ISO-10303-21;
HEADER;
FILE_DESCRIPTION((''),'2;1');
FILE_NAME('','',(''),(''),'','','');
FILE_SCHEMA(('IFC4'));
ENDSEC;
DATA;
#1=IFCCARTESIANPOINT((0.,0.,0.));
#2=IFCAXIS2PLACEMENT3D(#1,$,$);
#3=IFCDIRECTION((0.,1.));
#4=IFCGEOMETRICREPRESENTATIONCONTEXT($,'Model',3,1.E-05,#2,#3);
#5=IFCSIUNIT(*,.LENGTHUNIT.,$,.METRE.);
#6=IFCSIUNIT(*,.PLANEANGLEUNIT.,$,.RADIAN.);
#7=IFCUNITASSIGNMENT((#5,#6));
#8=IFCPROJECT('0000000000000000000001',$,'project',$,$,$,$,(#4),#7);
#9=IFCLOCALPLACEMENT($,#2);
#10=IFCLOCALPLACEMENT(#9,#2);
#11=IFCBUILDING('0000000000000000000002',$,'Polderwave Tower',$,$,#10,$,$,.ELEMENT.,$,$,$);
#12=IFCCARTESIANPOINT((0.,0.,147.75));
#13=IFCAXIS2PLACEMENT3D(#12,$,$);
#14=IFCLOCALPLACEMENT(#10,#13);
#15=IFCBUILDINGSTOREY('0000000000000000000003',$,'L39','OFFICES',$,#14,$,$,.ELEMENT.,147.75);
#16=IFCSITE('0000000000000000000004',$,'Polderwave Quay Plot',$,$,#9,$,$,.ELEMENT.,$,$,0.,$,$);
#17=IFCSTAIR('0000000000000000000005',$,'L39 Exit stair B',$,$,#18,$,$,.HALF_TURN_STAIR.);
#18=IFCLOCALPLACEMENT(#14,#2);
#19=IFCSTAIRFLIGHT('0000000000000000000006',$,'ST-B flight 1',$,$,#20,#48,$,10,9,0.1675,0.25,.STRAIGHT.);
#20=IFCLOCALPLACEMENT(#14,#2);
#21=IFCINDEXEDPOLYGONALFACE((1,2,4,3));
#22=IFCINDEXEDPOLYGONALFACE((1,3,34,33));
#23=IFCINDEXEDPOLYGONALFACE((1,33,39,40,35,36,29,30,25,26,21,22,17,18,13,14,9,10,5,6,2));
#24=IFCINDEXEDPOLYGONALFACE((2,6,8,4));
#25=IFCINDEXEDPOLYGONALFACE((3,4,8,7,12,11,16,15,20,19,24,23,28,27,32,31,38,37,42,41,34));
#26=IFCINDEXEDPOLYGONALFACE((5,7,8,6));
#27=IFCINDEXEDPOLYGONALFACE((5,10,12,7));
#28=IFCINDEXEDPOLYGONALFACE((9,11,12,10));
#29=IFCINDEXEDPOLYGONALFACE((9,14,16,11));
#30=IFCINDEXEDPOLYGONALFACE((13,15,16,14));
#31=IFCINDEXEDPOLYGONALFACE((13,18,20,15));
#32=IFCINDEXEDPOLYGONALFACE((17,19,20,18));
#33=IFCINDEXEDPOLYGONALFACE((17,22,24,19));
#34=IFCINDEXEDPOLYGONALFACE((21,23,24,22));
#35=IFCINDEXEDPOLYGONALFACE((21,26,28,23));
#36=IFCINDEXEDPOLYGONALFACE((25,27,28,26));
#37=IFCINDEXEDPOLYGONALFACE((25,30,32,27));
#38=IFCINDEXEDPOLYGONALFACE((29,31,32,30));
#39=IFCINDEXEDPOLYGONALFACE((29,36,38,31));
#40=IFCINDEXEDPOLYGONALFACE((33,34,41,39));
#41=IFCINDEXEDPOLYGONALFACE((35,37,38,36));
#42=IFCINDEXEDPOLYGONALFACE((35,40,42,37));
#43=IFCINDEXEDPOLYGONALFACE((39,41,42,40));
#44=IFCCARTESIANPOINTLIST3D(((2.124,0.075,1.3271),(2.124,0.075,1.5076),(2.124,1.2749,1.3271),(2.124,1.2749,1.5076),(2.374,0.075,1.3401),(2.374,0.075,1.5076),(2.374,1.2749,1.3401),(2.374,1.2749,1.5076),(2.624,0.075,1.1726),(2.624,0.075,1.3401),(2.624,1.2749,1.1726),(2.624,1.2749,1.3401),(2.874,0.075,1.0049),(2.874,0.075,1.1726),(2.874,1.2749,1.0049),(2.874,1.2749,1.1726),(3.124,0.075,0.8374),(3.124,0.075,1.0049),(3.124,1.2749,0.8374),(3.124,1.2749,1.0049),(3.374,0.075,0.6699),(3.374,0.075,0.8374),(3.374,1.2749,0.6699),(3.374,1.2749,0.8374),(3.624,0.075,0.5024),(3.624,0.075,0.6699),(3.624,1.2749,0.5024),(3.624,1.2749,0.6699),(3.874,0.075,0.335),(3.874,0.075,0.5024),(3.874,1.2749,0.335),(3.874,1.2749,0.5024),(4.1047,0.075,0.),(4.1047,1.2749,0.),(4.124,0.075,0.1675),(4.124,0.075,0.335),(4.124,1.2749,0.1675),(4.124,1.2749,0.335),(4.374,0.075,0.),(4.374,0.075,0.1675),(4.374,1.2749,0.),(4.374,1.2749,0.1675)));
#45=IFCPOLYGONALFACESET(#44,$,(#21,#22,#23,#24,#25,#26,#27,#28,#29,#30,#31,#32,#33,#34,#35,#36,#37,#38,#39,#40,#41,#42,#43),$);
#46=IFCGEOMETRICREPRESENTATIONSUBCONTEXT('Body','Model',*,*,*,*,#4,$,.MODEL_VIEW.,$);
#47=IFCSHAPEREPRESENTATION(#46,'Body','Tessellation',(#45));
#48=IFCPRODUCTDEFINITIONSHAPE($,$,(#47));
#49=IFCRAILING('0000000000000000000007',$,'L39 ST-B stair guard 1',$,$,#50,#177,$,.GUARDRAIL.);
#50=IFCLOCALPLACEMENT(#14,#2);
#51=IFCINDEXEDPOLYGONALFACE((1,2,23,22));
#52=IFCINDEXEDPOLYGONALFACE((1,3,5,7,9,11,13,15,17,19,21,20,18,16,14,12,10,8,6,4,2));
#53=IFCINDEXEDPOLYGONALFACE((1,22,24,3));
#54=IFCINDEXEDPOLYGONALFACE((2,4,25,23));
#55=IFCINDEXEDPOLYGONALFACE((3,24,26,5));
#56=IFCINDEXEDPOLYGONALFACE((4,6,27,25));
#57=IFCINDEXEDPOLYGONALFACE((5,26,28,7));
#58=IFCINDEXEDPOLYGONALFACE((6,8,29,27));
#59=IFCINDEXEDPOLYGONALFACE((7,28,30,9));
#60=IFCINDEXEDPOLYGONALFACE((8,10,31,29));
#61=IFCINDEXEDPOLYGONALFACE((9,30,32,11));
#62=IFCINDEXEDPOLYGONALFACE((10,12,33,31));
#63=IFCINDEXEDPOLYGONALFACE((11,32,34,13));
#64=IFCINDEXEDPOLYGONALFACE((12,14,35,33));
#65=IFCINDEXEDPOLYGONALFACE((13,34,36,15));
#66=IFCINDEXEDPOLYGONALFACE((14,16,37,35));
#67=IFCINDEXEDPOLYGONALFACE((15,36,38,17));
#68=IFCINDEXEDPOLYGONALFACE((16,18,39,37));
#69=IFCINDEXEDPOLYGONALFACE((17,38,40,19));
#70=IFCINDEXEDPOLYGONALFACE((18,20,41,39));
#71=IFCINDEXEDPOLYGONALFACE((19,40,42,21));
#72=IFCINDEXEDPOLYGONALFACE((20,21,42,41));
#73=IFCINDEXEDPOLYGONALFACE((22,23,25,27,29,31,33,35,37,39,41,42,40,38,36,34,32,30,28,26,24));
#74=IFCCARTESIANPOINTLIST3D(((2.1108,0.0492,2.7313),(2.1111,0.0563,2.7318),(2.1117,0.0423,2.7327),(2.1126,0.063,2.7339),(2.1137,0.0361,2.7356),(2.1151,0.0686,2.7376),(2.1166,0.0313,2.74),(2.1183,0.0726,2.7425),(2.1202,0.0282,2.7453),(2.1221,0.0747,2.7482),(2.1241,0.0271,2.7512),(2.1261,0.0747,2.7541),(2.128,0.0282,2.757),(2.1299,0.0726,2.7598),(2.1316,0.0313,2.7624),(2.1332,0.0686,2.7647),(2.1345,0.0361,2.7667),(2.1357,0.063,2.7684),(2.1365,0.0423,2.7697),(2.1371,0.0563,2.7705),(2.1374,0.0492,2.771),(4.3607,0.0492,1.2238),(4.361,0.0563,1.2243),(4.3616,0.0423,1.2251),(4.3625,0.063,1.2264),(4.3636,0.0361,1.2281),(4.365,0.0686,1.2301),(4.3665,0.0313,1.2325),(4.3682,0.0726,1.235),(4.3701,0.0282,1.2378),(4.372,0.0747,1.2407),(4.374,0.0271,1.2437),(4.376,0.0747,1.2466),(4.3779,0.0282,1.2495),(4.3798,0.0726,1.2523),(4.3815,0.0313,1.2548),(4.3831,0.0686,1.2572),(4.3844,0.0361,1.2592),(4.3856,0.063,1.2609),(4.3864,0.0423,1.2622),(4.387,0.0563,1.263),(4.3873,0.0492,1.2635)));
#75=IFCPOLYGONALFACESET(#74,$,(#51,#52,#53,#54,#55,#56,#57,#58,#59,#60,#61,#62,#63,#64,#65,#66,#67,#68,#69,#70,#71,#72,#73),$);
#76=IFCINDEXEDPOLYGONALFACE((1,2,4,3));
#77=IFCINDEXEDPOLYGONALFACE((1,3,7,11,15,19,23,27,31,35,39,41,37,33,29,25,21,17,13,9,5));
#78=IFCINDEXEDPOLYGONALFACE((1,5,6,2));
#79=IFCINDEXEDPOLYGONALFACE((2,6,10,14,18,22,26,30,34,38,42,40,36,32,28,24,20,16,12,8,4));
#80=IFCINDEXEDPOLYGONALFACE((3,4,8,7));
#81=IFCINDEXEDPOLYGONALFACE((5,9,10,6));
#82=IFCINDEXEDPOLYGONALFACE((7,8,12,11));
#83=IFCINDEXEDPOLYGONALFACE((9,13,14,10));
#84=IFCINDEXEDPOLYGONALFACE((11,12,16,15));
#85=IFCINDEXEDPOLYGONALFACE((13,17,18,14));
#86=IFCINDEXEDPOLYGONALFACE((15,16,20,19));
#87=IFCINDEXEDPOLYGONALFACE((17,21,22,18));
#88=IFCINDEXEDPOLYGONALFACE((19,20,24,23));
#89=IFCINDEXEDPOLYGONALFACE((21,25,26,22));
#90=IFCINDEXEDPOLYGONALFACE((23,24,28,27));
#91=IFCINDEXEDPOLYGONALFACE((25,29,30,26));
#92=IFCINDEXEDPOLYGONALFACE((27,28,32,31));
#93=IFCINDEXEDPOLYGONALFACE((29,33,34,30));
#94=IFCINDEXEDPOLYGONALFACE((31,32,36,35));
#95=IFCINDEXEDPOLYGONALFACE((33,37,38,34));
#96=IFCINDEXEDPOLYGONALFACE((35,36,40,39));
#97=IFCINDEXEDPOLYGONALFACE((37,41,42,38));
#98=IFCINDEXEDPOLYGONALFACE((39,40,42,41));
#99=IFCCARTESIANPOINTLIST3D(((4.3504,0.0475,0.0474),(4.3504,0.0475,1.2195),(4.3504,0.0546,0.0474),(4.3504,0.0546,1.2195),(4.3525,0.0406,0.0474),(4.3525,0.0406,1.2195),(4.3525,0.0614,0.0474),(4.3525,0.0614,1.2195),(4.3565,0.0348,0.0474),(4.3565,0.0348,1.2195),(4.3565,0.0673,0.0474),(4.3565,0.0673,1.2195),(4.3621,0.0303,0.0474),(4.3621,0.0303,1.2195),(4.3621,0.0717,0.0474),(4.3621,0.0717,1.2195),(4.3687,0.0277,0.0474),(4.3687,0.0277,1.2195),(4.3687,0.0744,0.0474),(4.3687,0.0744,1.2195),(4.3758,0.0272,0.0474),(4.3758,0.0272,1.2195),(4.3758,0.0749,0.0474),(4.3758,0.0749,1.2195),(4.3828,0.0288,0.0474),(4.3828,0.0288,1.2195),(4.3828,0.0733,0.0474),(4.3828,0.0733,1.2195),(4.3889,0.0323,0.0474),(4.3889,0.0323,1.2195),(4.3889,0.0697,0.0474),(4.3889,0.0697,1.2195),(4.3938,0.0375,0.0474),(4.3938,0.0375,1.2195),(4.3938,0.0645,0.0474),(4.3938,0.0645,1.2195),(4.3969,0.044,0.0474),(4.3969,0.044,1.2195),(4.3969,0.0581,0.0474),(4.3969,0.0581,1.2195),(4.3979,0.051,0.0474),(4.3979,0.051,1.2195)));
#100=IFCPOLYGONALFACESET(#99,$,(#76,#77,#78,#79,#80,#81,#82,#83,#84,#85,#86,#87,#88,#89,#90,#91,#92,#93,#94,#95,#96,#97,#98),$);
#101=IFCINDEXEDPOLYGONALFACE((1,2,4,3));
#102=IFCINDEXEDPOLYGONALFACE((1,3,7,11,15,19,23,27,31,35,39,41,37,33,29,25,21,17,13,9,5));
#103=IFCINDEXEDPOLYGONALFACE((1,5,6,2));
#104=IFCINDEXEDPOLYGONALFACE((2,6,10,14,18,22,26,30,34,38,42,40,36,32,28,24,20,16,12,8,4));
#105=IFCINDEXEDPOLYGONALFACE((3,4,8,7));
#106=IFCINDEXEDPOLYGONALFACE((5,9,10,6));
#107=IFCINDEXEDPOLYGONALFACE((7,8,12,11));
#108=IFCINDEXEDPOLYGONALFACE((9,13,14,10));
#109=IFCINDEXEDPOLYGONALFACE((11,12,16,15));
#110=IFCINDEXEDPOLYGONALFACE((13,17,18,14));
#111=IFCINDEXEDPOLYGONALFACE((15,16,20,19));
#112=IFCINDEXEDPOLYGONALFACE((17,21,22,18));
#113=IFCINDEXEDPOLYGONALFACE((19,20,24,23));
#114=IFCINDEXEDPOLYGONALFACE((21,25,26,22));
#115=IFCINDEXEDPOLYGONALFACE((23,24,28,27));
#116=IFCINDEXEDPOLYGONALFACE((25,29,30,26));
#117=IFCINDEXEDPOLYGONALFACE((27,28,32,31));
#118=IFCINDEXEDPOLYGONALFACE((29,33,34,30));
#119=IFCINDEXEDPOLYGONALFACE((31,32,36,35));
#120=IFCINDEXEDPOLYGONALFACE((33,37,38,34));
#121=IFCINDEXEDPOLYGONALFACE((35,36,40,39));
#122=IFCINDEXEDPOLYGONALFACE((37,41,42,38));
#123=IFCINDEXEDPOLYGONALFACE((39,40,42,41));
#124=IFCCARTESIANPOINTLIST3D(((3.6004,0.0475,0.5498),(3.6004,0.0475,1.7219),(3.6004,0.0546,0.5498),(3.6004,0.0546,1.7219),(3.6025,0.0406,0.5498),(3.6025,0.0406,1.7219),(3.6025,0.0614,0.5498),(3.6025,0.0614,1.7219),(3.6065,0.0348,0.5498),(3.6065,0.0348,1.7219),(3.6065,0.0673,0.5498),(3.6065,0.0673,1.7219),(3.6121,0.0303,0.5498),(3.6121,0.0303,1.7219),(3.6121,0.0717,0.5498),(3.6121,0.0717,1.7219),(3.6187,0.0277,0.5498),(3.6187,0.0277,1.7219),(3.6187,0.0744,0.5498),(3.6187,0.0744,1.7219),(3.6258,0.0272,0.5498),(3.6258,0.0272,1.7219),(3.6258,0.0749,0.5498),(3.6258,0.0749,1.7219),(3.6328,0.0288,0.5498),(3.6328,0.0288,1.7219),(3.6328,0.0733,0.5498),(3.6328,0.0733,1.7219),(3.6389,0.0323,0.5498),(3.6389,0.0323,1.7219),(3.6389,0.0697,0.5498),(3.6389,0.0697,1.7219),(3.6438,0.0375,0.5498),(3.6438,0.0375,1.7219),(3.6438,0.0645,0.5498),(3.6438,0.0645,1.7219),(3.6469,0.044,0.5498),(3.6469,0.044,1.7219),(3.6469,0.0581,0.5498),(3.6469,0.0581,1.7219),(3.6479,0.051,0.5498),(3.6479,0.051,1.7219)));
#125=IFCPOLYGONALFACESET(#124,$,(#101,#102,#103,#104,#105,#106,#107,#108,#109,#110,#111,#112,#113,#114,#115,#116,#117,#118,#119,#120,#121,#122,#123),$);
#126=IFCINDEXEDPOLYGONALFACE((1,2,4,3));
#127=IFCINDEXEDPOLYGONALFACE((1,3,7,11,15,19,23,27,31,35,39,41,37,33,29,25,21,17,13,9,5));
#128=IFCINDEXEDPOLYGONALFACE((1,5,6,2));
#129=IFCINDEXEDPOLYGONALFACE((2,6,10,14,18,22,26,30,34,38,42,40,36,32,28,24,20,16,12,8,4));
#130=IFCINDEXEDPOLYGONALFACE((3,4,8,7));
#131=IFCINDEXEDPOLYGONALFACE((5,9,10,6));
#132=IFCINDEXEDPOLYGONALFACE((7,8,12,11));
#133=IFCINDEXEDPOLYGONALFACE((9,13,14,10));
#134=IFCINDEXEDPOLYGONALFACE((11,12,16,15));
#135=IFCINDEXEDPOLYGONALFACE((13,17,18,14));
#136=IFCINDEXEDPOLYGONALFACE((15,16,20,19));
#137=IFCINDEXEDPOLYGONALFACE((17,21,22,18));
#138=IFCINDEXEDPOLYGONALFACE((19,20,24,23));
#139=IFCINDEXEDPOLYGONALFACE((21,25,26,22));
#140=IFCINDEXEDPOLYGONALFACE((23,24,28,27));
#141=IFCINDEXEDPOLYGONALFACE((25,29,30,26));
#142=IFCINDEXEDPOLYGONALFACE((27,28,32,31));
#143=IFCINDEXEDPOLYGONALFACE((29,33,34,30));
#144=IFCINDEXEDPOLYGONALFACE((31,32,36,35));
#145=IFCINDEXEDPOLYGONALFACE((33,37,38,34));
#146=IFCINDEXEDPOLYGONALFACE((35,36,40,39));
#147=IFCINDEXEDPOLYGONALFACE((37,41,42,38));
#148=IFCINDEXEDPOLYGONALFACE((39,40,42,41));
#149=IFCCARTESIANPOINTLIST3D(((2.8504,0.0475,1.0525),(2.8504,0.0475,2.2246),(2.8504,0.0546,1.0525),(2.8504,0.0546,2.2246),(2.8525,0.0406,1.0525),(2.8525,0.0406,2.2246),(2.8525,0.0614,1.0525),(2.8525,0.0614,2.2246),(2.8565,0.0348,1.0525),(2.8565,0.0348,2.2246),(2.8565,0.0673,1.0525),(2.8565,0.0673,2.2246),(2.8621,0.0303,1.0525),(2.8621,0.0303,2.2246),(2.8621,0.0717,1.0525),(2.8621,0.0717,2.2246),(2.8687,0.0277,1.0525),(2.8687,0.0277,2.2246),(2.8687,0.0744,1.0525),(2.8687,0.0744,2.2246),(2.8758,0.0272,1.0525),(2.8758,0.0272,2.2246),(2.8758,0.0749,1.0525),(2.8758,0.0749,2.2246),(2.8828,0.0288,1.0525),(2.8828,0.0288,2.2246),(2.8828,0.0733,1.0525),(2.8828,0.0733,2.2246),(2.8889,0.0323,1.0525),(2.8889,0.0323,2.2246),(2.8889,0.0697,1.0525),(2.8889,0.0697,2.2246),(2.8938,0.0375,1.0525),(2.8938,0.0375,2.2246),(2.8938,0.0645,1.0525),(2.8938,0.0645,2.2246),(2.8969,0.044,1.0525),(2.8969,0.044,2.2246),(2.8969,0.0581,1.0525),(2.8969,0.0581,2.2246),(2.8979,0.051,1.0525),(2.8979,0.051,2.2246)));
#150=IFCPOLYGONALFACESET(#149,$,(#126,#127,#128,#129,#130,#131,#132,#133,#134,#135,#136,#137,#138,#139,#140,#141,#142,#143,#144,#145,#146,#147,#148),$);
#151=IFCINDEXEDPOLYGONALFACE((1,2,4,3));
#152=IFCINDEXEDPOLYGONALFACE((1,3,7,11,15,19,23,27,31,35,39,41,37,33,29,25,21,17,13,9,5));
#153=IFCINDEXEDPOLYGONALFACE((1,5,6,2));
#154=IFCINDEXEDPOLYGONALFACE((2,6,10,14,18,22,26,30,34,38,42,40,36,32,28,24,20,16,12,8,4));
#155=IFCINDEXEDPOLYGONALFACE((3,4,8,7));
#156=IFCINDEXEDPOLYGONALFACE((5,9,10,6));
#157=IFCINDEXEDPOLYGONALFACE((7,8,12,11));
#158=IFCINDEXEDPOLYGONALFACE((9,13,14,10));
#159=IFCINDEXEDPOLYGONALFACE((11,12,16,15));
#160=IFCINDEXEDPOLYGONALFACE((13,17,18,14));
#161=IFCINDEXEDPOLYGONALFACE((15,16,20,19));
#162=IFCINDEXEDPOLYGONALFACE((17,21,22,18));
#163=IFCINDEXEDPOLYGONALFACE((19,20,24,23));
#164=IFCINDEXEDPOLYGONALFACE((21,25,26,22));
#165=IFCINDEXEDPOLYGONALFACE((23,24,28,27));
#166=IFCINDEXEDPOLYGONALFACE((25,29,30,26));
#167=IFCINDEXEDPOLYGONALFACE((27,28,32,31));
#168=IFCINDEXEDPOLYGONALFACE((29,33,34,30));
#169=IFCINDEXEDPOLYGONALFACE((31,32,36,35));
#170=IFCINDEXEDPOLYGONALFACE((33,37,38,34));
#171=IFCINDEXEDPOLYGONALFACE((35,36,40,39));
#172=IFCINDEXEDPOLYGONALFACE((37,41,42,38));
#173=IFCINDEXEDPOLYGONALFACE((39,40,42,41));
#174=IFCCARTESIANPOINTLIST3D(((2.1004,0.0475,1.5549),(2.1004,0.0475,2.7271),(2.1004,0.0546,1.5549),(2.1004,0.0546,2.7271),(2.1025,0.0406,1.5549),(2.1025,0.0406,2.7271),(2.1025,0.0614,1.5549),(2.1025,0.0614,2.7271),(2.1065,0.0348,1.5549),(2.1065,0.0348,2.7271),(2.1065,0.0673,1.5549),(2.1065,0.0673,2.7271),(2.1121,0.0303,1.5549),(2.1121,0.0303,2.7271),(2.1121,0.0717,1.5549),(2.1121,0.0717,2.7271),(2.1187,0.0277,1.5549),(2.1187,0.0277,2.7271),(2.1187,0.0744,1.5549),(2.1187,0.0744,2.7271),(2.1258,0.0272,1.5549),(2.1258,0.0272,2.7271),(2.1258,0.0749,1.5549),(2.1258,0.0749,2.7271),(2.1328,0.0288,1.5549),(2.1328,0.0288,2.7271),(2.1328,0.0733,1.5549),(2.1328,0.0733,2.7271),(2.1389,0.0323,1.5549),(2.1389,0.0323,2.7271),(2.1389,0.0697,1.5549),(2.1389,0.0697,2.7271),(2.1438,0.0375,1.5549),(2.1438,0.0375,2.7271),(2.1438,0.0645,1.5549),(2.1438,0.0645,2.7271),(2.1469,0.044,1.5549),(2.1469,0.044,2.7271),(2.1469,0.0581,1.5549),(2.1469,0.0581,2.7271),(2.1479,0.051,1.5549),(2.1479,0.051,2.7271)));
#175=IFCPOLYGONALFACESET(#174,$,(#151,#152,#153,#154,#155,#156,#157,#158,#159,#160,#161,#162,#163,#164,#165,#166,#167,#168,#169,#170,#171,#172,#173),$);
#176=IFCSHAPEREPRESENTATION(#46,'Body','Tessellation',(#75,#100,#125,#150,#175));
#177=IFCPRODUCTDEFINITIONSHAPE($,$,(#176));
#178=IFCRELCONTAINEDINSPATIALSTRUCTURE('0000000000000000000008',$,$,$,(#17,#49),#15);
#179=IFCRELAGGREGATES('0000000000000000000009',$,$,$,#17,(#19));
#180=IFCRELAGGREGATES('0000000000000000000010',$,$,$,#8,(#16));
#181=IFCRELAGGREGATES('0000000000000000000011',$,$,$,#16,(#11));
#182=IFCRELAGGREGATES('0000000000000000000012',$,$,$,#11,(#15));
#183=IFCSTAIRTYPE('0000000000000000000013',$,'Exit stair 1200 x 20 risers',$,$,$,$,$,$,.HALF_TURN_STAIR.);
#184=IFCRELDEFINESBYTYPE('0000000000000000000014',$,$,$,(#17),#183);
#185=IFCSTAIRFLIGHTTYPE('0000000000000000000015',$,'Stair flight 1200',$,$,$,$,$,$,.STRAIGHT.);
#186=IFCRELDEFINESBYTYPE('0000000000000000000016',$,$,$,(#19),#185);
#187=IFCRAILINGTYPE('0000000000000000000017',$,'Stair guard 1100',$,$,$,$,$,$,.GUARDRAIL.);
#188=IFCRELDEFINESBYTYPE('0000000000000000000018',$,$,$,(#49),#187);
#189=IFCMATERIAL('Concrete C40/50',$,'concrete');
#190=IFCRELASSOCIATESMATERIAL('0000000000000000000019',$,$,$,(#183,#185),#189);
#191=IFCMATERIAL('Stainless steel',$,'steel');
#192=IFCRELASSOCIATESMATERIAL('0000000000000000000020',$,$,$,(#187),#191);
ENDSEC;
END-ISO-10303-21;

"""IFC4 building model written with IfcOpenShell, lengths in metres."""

from ifc_helpers import new_model, si_unit, direction, frame, origin, origin_2d, place, context, subcontext, project, spatial, polyline, circle, outline, extrude, material, type_object, element, aggregate, save


model = new_model("IFC4")

# Units and contexts
model_context = context("Model", 3, precision=1e-05, world=origin(), true_north=direction((0.0, 1.0)))
body_context = subcontext(model_context, "Body", "Model", "MODEL_VIEW")
ifc_project = project(units=[si_unit("LENGTHUNIT", "METRE"), si_unit("PLANEANGLEUNIT", "RADIAN")], contexts=[model_context])

# Site, building, storey
site_placement = place(None, origin())
site = spatial("IfcSite", under=ifc_project, at=site_placement, Name="Polderwave Quay Plot", CompositionType="ELEMENT", RefElevation=0.0)
building_placement = place(site_placement, origin())
building = spatial("IfcBuilding", under=site, at=building_placement, Name="Polderwave Tower", CompositionType="ELEMENT")
storey_placement = place(building_placement, frame((0.0, 0.0, 147.75)))
storey = spatial("IfcBuildingStorey", under=building, at=storey_placement, Name="L39", Description="OFFICES", CompositionType="ELEMENT", Elevation=147.75)

# Shared definitions
ifc_material_1 = material(Name="Stainless steel", Category="steel")

# Stair, stair flight
ifc_material_2 = material(Name="Concrete C40/50", Category="concrete")
stair_type = type_object("IfcStairType", Name="Exit stair 1200 x 20 risers", PredefinedType="HALF_TURN_STAIR", material=ifc_material_2)
stair_placement = place(storey_placement, origin())
stair = element("IfcStair", 1, at=stair_placement, inside=storey, type_object=stair_type, Name="L39 Exit stair B", PredefinedType="HALF_TURN_STAIR")
stair_flight_type = type_object("IfcStairFlightType", Name="Stair flight 1200", PredefinedType="STRAIGHT", material=ifc_material_2)
stair_flight_placement = place(storey_placement, frame((4.374, 0.675, 0.0), z_axis=(0.0, 0.0, 1.0), x_axis=(-1.0, 0.0, 0.0)))
stair_flight = element("IfcStairFlight", 2, at=stair_flight_placement, type_object=stair_flight_type, Name="ST-B flight 1", NumberOfRisers=10, NumberOfTreads=9, PredefinedType="STRAIGHT", RiserHeight=0.1675, TreadLength=0.25, context=body_context, shape_type="SweptSolid", body=[
    extrude(outline(polyline([(0.0, 0.0), (0.0, 0.1675), (0.25, 0.1675), (0.25, 0.335), (0.5, 0.335), (0.5, 0.5024), (0.75, 0.5024), (0.75, 0.6699), (1.0, 0.6699), (1.0, 0.8374), (1.25, 0.8374), (1.25, 1.0049), (1.5, 1.0049), (1.5, 1.1726), (1.75, 1.1726), (1.75, 1.3401), (2.0, 1.3401), (2.0, 1.5076), (2.25, 1.5076), (2.25, 1.675), (2.25, 1.3271), (0.2693, 0.0), (0.0, 0.0)])), frame((0.0, 0.6001, 0.0), z_axis=(0.0, -1.0, 0.0), x_axis=(1.0, 0.0, 0.0)), (0.0, 0.0, 1.0), 1.2),
])
aggregate(stair, [stair_flight])

# Railing
railing_type_1 = type_object("IfcRailingType", Name="Stair guard 1100", PredefinedType="GUARDRAIL", material=ifc_material_1)
railing_1_placement = place(storey_placement, frame((4.374, 0.051, 0.0474)))
element("IfcRailing", 3, at=railing_1_placement, inside=storey, type_object=railing_type_1, Name="L39 ST-B stair guard 1", PredefinedType="GUARDRAIL", context=body_context, shape_type="SweptSolid", body=[
    extrude(circle(Radius=0.0239, at=origin_2d()), frame((0.0, 0.0, 1.1963), z_axis=(-0.830758, 0.0, 0.556633), x_axis=(0.0, -1.0, 0.0)), (0.0, 0.0, 1.0), 2.7083),
    extrude(circle(Radius=0.0239, at=origin_2d()), origin(), (0.0, 0.0, 1.0), 1.1721),
    extrude(circle(Radius=0.0239, at=origin_2d()), frame((-0.75, 0.0, 0.5024)), (0.0, 0.0, 1.0), 1.1721),
    extrude(circle(Radius=0.0239, at=origin_2d()), frame((-1.5, 0.0, 1.0051)), (0.0, 0.0, 1.0), 1.1721),
    extrude(circle(Radius=0.0239, at=origin_2d()), frame((-2.25, 0.0, 1.5076)), (0.0, 0.0, 1.0), 1.1721),
])

save(model, "model.ifc")
